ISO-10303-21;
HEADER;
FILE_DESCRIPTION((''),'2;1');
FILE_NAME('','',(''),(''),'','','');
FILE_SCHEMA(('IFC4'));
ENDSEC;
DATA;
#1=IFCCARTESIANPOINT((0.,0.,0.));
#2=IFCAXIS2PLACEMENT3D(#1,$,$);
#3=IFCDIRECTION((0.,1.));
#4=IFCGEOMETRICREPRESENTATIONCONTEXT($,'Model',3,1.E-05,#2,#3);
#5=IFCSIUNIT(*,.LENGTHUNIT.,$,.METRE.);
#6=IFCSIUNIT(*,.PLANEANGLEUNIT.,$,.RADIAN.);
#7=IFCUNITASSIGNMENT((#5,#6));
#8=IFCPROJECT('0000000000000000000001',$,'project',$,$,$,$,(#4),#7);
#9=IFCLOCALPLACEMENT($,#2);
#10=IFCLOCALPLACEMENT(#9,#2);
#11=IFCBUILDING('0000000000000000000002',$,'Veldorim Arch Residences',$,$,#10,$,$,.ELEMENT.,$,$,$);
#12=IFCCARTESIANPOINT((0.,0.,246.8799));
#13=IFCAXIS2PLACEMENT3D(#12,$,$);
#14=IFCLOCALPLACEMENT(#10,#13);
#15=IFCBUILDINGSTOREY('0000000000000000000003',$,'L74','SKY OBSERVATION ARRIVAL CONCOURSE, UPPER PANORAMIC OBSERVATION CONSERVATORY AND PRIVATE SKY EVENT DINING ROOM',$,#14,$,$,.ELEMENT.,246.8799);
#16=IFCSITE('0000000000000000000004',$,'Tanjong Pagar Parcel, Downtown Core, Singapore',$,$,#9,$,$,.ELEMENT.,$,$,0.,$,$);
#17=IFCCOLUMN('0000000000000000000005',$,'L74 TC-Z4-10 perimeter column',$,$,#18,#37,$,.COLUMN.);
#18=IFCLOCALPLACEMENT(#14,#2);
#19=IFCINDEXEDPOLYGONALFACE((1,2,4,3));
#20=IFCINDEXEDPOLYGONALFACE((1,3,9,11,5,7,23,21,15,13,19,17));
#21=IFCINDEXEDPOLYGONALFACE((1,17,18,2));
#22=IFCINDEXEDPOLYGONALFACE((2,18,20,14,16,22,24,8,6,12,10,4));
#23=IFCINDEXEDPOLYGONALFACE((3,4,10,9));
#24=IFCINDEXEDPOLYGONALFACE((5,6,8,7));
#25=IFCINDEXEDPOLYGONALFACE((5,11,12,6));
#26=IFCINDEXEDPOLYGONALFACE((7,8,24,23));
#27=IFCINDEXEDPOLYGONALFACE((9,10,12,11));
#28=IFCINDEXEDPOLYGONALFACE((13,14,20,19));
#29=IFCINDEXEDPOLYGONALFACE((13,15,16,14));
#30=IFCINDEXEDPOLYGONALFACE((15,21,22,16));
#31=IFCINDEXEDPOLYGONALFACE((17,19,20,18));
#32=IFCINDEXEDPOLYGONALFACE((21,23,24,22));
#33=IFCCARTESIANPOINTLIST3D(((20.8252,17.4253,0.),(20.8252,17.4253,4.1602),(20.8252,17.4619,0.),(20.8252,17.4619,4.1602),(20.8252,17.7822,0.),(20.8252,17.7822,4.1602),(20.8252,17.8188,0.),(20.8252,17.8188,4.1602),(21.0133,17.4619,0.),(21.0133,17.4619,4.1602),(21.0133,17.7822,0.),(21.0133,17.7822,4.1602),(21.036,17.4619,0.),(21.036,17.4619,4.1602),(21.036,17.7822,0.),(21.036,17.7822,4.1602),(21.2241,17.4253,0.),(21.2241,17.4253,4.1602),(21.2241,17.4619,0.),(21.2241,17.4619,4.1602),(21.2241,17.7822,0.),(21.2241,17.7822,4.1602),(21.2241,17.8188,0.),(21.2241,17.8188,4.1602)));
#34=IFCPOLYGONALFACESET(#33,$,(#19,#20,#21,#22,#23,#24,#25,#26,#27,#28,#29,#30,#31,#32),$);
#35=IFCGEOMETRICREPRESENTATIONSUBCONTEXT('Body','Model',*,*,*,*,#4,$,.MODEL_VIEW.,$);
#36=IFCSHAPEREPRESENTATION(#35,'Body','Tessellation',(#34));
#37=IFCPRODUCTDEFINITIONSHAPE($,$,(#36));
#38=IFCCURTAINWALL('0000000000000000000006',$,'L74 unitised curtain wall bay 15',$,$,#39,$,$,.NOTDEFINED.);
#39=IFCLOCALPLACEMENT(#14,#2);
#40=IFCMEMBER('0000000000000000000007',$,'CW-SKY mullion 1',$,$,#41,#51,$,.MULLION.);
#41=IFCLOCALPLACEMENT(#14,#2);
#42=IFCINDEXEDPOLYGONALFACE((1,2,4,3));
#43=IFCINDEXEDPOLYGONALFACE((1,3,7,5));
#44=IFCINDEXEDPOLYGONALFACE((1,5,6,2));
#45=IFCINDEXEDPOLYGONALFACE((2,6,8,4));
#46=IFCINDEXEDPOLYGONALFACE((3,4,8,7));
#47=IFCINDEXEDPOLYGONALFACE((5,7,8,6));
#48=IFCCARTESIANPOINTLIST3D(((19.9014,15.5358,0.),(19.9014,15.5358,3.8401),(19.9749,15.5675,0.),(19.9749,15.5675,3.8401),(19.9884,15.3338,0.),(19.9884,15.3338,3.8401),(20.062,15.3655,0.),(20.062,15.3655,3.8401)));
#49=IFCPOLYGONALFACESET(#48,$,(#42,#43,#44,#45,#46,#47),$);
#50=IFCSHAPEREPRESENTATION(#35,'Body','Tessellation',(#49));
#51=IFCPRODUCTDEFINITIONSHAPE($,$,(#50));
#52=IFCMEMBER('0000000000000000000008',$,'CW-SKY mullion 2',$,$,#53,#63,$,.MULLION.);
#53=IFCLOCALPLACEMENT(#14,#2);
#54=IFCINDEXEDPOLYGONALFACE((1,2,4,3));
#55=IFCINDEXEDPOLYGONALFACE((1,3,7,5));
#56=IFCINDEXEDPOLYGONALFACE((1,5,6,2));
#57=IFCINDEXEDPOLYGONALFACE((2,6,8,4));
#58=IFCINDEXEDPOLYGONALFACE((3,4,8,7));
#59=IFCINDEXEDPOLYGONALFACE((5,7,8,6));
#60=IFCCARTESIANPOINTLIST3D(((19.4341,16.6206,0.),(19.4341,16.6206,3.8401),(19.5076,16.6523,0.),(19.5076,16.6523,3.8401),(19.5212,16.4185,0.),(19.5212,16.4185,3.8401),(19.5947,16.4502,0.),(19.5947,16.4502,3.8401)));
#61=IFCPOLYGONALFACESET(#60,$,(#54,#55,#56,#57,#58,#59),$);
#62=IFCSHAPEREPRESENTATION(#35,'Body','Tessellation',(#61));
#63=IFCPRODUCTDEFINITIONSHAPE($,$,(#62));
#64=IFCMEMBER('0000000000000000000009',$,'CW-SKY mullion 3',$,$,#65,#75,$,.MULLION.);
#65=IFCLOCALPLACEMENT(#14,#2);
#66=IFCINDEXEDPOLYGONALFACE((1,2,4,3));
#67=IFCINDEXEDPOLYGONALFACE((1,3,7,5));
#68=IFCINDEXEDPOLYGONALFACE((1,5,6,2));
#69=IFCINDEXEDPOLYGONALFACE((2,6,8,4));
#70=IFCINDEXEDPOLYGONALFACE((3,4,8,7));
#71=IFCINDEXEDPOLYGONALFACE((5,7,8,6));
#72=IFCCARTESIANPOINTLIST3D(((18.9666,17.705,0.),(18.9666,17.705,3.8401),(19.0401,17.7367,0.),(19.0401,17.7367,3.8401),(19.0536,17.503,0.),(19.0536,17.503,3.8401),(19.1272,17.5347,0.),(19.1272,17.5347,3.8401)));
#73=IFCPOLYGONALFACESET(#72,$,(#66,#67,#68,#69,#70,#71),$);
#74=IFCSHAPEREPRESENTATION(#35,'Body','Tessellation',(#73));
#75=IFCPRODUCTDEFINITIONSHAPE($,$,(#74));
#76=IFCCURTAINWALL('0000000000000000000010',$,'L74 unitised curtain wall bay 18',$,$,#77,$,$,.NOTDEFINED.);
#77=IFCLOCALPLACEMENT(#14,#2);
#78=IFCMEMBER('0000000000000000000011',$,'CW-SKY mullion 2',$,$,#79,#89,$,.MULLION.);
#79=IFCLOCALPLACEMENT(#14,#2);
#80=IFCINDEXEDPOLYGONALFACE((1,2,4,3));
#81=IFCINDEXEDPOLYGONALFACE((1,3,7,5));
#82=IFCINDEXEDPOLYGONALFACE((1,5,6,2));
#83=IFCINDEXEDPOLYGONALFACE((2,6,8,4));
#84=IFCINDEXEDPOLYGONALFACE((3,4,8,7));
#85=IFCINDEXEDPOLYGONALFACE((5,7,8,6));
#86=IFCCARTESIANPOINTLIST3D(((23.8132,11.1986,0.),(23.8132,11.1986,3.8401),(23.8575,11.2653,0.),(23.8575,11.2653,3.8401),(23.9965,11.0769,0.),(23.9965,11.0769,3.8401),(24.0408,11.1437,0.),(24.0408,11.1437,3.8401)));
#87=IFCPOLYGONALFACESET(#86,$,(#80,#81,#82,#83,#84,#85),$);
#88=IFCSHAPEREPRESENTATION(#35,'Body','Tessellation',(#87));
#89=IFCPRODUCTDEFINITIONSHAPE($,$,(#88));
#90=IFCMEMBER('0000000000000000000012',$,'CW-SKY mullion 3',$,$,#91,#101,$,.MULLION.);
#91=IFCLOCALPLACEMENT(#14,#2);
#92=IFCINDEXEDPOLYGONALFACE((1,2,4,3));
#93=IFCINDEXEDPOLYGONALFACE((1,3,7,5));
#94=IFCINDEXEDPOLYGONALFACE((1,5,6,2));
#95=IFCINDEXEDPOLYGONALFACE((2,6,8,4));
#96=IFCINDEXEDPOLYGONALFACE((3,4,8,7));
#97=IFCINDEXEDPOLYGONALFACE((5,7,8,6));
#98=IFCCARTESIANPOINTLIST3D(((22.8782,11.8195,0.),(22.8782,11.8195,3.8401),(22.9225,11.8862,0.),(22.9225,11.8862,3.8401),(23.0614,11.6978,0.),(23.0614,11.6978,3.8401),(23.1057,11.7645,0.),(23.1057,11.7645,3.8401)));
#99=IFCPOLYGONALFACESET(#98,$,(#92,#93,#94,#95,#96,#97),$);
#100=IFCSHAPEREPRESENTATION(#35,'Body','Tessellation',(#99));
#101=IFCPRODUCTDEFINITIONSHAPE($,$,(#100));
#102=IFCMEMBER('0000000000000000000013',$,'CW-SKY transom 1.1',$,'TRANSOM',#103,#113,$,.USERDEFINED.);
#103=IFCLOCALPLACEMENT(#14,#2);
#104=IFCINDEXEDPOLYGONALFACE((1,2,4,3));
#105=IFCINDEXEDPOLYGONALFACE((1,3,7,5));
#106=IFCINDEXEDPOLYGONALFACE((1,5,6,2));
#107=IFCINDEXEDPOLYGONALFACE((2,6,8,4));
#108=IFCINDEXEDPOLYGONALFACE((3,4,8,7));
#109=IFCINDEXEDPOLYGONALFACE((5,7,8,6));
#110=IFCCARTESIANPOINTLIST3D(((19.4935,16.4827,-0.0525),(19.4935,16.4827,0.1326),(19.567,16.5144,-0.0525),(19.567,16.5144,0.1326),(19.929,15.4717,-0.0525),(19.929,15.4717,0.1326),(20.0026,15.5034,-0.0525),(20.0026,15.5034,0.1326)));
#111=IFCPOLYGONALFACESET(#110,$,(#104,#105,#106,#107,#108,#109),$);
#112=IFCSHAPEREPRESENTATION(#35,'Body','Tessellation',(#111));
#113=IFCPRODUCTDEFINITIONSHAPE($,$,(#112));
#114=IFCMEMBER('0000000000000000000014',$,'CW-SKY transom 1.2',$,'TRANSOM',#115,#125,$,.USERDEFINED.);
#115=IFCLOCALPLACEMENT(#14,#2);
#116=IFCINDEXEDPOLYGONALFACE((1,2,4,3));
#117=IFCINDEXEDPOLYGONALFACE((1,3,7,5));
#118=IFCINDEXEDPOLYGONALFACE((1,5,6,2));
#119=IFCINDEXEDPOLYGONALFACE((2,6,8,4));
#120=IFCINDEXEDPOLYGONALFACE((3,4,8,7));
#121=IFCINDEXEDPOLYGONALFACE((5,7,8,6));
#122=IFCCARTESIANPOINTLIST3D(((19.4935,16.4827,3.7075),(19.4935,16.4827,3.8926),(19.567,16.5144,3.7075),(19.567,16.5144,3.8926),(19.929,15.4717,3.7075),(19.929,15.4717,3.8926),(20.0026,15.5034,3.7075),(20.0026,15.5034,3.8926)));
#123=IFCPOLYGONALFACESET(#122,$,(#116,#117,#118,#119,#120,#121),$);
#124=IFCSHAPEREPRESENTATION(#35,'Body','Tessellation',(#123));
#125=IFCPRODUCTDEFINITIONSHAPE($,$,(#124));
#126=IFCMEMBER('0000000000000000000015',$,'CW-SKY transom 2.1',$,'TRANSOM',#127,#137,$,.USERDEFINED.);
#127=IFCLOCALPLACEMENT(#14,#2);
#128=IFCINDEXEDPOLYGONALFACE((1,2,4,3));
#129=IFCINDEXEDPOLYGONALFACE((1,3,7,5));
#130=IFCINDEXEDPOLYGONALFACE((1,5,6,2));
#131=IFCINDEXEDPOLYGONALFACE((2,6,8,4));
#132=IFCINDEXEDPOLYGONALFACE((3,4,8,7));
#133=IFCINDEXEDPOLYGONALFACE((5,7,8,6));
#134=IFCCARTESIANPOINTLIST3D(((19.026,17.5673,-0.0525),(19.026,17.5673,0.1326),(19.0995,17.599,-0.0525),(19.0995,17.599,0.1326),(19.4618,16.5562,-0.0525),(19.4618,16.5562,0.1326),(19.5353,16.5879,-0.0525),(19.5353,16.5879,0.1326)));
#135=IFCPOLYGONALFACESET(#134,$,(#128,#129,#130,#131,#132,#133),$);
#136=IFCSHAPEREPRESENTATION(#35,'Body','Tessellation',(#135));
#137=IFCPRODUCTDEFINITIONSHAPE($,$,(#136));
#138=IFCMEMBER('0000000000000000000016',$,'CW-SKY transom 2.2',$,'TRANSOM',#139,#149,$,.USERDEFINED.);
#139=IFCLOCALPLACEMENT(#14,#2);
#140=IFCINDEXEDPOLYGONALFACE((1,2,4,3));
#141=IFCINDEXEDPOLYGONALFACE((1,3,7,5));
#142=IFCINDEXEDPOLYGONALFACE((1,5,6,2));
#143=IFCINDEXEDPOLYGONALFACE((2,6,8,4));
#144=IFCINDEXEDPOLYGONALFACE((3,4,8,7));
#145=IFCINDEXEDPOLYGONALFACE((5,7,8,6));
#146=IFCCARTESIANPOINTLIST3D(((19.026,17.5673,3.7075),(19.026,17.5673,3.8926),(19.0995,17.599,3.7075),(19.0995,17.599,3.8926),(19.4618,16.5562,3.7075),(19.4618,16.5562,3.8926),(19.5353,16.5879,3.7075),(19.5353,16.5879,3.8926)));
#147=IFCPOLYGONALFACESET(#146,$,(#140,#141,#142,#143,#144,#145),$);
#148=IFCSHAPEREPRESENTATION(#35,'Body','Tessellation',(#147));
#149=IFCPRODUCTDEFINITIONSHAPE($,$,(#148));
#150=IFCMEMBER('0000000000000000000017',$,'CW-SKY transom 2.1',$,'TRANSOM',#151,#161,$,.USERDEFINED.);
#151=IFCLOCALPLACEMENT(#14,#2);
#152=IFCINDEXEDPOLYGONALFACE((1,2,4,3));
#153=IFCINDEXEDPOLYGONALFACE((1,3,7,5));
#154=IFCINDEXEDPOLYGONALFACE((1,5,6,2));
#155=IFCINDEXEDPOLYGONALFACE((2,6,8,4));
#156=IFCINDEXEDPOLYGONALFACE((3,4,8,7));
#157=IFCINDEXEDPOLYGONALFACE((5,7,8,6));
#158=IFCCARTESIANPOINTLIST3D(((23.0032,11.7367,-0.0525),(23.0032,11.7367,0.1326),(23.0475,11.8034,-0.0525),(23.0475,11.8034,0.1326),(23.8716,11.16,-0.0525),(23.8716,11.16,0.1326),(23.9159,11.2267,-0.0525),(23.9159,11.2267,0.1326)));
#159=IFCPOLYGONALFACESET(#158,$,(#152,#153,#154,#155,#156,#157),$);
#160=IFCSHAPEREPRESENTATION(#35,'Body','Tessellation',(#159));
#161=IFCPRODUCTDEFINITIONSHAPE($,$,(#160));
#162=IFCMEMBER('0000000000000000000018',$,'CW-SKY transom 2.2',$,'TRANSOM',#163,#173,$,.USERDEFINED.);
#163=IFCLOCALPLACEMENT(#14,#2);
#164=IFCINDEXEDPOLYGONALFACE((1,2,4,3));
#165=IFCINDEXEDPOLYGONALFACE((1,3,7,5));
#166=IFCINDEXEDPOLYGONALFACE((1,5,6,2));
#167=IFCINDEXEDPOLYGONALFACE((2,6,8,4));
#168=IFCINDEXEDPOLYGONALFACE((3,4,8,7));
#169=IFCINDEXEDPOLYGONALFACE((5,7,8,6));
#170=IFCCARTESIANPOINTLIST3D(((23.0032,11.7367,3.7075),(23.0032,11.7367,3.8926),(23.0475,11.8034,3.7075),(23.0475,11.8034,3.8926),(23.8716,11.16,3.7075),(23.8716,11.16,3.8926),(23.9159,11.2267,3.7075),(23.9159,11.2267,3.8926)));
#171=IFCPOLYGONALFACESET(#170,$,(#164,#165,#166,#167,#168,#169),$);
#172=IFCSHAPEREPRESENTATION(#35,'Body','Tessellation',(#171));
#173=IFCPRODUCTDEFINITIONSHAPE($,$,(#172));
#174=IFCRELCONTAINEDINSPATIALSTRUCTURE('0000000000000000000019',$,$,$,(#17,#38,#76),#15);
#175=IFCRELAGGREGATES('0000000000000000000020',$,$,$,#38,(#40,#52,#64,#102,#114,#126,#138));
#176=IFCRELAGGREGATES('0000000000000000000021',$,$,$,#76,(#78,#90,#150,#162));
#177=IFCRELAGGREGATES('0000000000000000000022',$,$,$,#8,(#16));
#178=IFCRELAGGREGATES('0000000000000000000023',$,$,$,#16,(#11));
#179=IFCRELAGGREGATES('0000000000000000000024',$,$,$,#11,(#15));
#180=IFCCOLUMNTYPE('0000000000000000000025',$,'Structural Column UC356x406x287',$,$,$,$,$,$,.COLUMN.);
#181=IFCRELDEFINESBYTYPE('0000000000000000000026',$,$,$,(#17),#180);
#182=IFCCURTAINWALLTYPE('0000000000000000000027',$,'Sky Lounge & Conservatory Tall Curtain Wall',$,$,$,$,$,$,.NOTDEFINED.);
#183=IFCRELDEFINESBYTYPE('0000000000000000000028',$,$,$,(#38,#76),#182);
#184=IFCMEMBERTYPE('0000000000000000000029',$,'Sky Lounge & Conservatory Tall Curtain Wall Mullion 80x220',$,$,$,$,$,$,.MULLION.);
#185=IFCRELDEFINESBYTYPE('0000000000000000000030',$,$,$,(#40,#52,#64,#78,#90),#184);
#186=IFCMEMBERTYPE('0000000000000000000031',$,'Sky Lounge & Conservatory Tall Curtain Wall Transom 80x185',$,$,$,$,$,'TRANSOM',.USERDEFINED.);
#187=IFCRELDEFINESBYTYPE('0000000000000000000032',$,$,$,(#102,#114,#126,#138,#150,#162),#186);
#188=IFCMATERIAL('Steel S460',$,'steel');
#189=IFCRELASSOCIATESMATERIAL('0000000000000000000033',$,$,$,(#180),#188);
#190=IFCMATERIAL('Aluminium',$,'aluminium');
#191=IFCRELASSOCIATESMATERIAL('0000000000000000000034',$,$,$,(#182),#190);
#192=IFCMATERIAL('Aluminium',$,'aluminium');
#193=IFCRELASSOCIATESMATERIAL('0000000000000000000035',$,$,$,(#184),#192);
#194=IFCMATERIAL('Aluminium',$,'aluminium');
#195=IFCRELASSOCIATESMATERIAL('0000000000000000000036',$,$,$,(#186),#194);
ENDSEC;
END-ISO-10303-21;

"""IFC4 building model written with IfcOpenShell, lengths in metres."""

from ifc_helpers import new_model, si_unit, direction, frame, origin, origin_2d, place, context, subcontext, project, spatial, rectangle, i_section, extrude, material, material_profile, profile_set, type_object, element, aggregate, save


model = new_model("IFC4")

# Units and contexts
model_context = context("Model", 3, precision=1e-05, world=origin(), true_north=direction((0.0, 1.0)))
body_context = subcontext(model_context, "Body", "Model", "MODEL_VIEW")
ifc_project = project(units=[si_unit("LENGTHUNIT", "METRE"), si_unit("PLANEANGLEUNIT", "RADIAN")], contexts=[model_context])

# Site, building, storey
site_placement = place(None, origin())
site = spatial("IfcSite", under=ifc_project, at=site_placement, Name="Tanjong Pagar Parcel, Downtown Core, Singapore", CompositionType="ELEMENT", RefElevation=0.0)
building_placement = place(site_placement, origin())
building = spatial("IfcBuilding", under=site, at=building_placement, Name="Veldorim Arch Residences", CompositionType="ELEMENT")
storey_placement = place(building_placement, frame((0.0, 0.0, 246.8799)))
storey = spatial("IfcBuildingStorey", under=building, at=storey_placement, Name="L74", Description="SKY OBSERVATION ARRIVAL CONCOURSE, UPPER PANORAMIC OBSERVATION CONSERVATORY AND PRIVATE SKY EVENT DINING ROOM", CompositionType="ELEMENT", Elevation=246.8799)

# Column
ifc_material_1 = material(Name="Steel S460", Category="steel")
ifc_material_profile_1 = material_profile(ifc_material_1, i_section(OverallWidth=0.3989, OverallDepth=0.3936, WebThickness=0.0227, FlangeThickness=0.0366, at=origin_2d()), Name="UC356x406x287")
ifc_profile_set_1 = profile_set([ifc_material_profile_1], Name="Steel S460")
column_type = type_object("IfcColumnType", Name="Structural Column UC356x406x287", PredefinedType="COLUMN", material=ifc_profile_set_1)
column_placement = place(storey_placement, frame((21.0247, 17.6221, 0.0), z_axis=(0.0, 0.0, 1.0), x_axis=(1.0, 0.0, 0.0)))
element("IfcColumn", 1, at=column_placement, inside=storey, type_object=column_type, Name="L74 TC-Z4-10 perimeter column", PredefinedType="COLUMN", context=body_context, shape_type="SweptSolid", body=[
    extrude(i_section(OverallWidth=0.3989, OverallDepth=0.3936, WebThickness=0.0227, FlangeThickness=0.0366, at=origin_2d()), origin(), (0.0, 0.0, 1.0), 4.1602),
])

# Curtain walls, members
ifc_material_2 = material(Name="Aluminium", Category="aluminium")
curtain_wall_type = type_object("IfcCurtainWallType", Name="Sky Lounge & Conservatory Tall Curtain Wall", PredefinedType="NOTDEFINED", material=ifc_material_2)
curtain_wall_1_placement = place(storey_placement, origin())
curtain_wall_1 = element("IfcCurtainWall", 2, at=curtain_wall_1_placement, inside=storey, type_object=curtain_wall_type, Name="L74 unitised curtain wall bay 15", PredefinedType="NOTDEFINED")
ifc_material_3 = material(Name="Aluminium", Category="aluminium")
ifc_material_profile_2 = material_profile(ifc_material_3, rectangle(XDim=0.0801, YDim=0.22, at=origin_2d()), Name="ALU_MUL_80x220")
ifc_profile_set_2 = profile_set([ifc_material_profile_2], Name="Aluminium")
member_type_1 = type_object("IfcMemberType", Name="Sky Lounge & Conservatory Tall Curtain Wall Mullion 80x220", PredefinedType="MULLION", material=ifc_profile_set_2)
member_1_placement = place(storey_placement, frame((19.9817, 15.4507, 0.0), z_axis=(0.0, 0.0, 1.0), x_axis=(-0.918345, -0.395782, 0.0)))
member_1 = element("IfcMember", 3, at=member_1_placement, type_object=member_type_1, Name="CW-SKY mullion 1", PredefinedType="MULLION", context=body_context, shape_type="SweptSolid", body=[
    extrude(rectangle(XDim=0.0801, YDim=0.22, at=origin_2d()), origin(), (0.0, 0.0, 1.0), 3.8401),
])
member_2_placement = place(storey_placement, frame((19.5144, 16.5354, 0.0), z_axis=(0.0, 0.0, 1.0), x_axis=(-0.918345, -0.395782, 0.0)))
member_2 = element("IfcMember", 4, at=member_2_placement, type_object=member_type_1, Name="CW-SKY mullion 2", PredefinedType="MULLION", context=body_context, shape_type="SweptSolid", body=[
    extrude(rectangle(XDim=0.0801, YDim=0.22, at=origin_2d()), origin(), (0.0, 0.0, 1.0), 3.8401),
])
member_3_placement = place(storey_placement, frame((19.0469, 17.6199, 0.0), z_axis=(0.0, 0.0, 1.0), x_axis=(-0.918345, -0.395782, 0.0)))
member_3 = element("IfcMember", 5, at=member_3_placement, type_object=member_type_1, Name="CW-SKY mullion 3", PredefinedType="MULLION", context=body_context, shape_type="SweptSolid", body=[
    extrude(rectangle(XDim=0.0801, YDim=0.22, at=origin_2d()), origin(), (0.0, 0.0, 1.0), 3.8401),
])
curtain_wall_2_placement = place(storey_placement, origin())
curtain_wall_2 = element("IfcCurtainWall", 6, at=curtain_wall_2_placement, inside=storey, type_object=curtain_wall_type, Name="L74 unitised curtain wall bay 18", PredefinedType="NOTDEFINED")
member_4_placement = place(storey_placement, frame((23.927, 11.1711, 0.0), z_axis=(0.0, 0.0, 1.0), x_axis=(-0.55319, -0.833055, 0.0)))
member_4 = element("IfcMember", 7, at=member_4_placement, type_object=member_type_1, Name="CW-SKY mullion 2", PredefinedType="MULLION", context=body_context, shape_type="SweptSolid", body=[
    extrude(rectangle(XDim=0.0801, YDim=0.22, at=origin_2d()), origin(), (0.0, 0.0, 1.0), 3.8401),
])
member_5_placement = place(storey_placement, frame((22.9919, 11.792, 0.0), z_axis=(0.0, 0.0, 1.0), x_axis=(-0.55319, -0.833055, 0.0)))
member_5 = element("IfcMember", 8, at=member_5_placement, type_object=member_type_1, Name="CW-SKY mullion 3", PredefinedType="MULLION", context=body_context, shape_type="SweptSolid", body=[
    extrude(rectangle(XDim=0.0801, YDim=0.22, at=origin_2d()), origin(), (0.0, 0.0, 1.0), 3.8401),
])

# Members
ifc_material_4 = material(Name="Aluminium", Category="aluminium")
ifc_material_profile_3 = material_profile(ifc_material_4, rectangle(XDim=0.0801, YDim=0.1851, at=origin_2d()), Name="ALU_TRN_80x185")
ifc_profile_set_3 = profile_set([ifc_material_profile_3], Name="Aluminium")
member_type_2 = type_object("IfcMemberType", Name="Sky Lounge & Conservatory Tall Curtain Wall Transom 80x185", ElementType="TRANSOM", PredefinedType="USERDEFINED", material=ifc_profile_set_3)
member_6_placement = place(storey_placement, frame((19.9658, 15.4875, 0.04), z_axis=(-0.395658, 0.918398, 0.0), x_axis=(-0.918398, -0.395658, 0.0)))
member_6 = element("IfcMember", 9, at=member_6_placement, type_object=member_type_2, Name="CW-SKY transom 1.1", ObjectType="TRANSOM", PredefinedType="USERDEFINED", context=body_context, shape_type="SweptSolid", body=[
    extrude(rectangle(XDim=0.0801, YDim=0.1851, at=origin_2d()), origin(), (0.0, 0.0, 1.0), 1.1008),
])
member_7_placement = place(storey_placement, frame((19.9658, 15.4875, 3.8), z_axis=(-0.395658, 0.918398, 0.0), x_axis=(-0.918398, -0.395658, 0.0)))
member_7 = element("IfcMember", 10, at=member_7_placement, type_object=member_type_2, Name="CW-SKY transom 1.2", ObjectType="TRANSOM", PredefinedType="USERDEFINED", context=body_context, shape_type="SweptSolid", body=[
    extrude(rectangle(XDim=0.0801, YDim=0.1851, at=origin_2d()), origin(), (0.0, 0.0, 1.0), 1.1008),
])
member_8_placement = place(storey_placement, frame((19.4985, 16.572, 0.04), z_axis=(-0.395765, 0.918352, 0.0), x_axis=(-0.918352, -0.395765, 0.0)))
member_8 = element("IfcMember", 11, at=member_8_placement, type_object=member_type_2, Name="CW-SKY transom 2.1", ObjectType="TRANSOM", PredefinedType="USERDEFINED", context=body_context, shape_type="SweptSolid", body=[
    extrude(rectangle(XDim=0.0801, YDim=0.1851, at=origin_2d()), origin(), (0.0, 0.0, 1.0), 1.1011),
])
member_9_placement = place(storey_placement, frame((19.4985, 16.572, 3.8), z_axis=(-0.395765, 0.918352, 0.0), x_axis=(-0.918352, -0.395765, 0.0)))
member_9 = element("IfcMember", 12, at=member_9_placement, type_object=member_type_2, Name="CW-SKY transom 2.2", ObjectType="TRANSOM", PredefinedType="USERDEFINED", context=body_context, shape_type="SweptSolid", body=[
    extrude(rectangle(XDim=0.0801, YDim=0.1851, at=origin_2d()), origin(), (0.0, 0.0, 1.0), 1.1011),
])
member_10_placement = place(storey_placement, frame((23.8938, 11.1934, 0.04), z_axis=(-0.833058, 0.553186, 0.0), x_axis=(-0.553186, -0.833058, 0.0)))
member_10 = element("IfcMember", 13, at=member_10_placement, type_object=member_type_2, Name="CW-SKY transom 2.1", ObjectType="TRANSOM", PredefinedType="USERDEFINED", context=body_context, shape_type="SweptSolid", body=[
    extrude(rectangle(XDim=0.0801, YDim=0.1851, at=origin_2d()), origin(), (0.0, 0.0, 1.0), 1.0425),
])
member_11_placement = place(storey_placement, frame((23.8938, 11.1934, 3.8), z_axis=(-0.833058, 0.553186, 0.0), x_axis=(-0.553186, -0.833058, 0.0)))
member_11 = element("IfcMember", 14, at=member_11_placement, type_object=member_type_2, Name="CW-SKY transom 2.2", ObjectType="TRANSOM", PredefinedType="USERDEFINED", context=body_context, shape_type="SweptSolid", body=[
    extrude(rectangle(XDim=0.0801, YDim=0.1851, at=origin_2d()), origin(), (0.0, 0.0, 1.0), 1.0425),
])

aggregate(curtain_wall_1, [member_1, member_2, member_3, member_6, member_7, member_8, member_9])
aggregate(curtain_wall_2, [member_4, member_5, member_10, member_11])

save(model, "model.ifc")
